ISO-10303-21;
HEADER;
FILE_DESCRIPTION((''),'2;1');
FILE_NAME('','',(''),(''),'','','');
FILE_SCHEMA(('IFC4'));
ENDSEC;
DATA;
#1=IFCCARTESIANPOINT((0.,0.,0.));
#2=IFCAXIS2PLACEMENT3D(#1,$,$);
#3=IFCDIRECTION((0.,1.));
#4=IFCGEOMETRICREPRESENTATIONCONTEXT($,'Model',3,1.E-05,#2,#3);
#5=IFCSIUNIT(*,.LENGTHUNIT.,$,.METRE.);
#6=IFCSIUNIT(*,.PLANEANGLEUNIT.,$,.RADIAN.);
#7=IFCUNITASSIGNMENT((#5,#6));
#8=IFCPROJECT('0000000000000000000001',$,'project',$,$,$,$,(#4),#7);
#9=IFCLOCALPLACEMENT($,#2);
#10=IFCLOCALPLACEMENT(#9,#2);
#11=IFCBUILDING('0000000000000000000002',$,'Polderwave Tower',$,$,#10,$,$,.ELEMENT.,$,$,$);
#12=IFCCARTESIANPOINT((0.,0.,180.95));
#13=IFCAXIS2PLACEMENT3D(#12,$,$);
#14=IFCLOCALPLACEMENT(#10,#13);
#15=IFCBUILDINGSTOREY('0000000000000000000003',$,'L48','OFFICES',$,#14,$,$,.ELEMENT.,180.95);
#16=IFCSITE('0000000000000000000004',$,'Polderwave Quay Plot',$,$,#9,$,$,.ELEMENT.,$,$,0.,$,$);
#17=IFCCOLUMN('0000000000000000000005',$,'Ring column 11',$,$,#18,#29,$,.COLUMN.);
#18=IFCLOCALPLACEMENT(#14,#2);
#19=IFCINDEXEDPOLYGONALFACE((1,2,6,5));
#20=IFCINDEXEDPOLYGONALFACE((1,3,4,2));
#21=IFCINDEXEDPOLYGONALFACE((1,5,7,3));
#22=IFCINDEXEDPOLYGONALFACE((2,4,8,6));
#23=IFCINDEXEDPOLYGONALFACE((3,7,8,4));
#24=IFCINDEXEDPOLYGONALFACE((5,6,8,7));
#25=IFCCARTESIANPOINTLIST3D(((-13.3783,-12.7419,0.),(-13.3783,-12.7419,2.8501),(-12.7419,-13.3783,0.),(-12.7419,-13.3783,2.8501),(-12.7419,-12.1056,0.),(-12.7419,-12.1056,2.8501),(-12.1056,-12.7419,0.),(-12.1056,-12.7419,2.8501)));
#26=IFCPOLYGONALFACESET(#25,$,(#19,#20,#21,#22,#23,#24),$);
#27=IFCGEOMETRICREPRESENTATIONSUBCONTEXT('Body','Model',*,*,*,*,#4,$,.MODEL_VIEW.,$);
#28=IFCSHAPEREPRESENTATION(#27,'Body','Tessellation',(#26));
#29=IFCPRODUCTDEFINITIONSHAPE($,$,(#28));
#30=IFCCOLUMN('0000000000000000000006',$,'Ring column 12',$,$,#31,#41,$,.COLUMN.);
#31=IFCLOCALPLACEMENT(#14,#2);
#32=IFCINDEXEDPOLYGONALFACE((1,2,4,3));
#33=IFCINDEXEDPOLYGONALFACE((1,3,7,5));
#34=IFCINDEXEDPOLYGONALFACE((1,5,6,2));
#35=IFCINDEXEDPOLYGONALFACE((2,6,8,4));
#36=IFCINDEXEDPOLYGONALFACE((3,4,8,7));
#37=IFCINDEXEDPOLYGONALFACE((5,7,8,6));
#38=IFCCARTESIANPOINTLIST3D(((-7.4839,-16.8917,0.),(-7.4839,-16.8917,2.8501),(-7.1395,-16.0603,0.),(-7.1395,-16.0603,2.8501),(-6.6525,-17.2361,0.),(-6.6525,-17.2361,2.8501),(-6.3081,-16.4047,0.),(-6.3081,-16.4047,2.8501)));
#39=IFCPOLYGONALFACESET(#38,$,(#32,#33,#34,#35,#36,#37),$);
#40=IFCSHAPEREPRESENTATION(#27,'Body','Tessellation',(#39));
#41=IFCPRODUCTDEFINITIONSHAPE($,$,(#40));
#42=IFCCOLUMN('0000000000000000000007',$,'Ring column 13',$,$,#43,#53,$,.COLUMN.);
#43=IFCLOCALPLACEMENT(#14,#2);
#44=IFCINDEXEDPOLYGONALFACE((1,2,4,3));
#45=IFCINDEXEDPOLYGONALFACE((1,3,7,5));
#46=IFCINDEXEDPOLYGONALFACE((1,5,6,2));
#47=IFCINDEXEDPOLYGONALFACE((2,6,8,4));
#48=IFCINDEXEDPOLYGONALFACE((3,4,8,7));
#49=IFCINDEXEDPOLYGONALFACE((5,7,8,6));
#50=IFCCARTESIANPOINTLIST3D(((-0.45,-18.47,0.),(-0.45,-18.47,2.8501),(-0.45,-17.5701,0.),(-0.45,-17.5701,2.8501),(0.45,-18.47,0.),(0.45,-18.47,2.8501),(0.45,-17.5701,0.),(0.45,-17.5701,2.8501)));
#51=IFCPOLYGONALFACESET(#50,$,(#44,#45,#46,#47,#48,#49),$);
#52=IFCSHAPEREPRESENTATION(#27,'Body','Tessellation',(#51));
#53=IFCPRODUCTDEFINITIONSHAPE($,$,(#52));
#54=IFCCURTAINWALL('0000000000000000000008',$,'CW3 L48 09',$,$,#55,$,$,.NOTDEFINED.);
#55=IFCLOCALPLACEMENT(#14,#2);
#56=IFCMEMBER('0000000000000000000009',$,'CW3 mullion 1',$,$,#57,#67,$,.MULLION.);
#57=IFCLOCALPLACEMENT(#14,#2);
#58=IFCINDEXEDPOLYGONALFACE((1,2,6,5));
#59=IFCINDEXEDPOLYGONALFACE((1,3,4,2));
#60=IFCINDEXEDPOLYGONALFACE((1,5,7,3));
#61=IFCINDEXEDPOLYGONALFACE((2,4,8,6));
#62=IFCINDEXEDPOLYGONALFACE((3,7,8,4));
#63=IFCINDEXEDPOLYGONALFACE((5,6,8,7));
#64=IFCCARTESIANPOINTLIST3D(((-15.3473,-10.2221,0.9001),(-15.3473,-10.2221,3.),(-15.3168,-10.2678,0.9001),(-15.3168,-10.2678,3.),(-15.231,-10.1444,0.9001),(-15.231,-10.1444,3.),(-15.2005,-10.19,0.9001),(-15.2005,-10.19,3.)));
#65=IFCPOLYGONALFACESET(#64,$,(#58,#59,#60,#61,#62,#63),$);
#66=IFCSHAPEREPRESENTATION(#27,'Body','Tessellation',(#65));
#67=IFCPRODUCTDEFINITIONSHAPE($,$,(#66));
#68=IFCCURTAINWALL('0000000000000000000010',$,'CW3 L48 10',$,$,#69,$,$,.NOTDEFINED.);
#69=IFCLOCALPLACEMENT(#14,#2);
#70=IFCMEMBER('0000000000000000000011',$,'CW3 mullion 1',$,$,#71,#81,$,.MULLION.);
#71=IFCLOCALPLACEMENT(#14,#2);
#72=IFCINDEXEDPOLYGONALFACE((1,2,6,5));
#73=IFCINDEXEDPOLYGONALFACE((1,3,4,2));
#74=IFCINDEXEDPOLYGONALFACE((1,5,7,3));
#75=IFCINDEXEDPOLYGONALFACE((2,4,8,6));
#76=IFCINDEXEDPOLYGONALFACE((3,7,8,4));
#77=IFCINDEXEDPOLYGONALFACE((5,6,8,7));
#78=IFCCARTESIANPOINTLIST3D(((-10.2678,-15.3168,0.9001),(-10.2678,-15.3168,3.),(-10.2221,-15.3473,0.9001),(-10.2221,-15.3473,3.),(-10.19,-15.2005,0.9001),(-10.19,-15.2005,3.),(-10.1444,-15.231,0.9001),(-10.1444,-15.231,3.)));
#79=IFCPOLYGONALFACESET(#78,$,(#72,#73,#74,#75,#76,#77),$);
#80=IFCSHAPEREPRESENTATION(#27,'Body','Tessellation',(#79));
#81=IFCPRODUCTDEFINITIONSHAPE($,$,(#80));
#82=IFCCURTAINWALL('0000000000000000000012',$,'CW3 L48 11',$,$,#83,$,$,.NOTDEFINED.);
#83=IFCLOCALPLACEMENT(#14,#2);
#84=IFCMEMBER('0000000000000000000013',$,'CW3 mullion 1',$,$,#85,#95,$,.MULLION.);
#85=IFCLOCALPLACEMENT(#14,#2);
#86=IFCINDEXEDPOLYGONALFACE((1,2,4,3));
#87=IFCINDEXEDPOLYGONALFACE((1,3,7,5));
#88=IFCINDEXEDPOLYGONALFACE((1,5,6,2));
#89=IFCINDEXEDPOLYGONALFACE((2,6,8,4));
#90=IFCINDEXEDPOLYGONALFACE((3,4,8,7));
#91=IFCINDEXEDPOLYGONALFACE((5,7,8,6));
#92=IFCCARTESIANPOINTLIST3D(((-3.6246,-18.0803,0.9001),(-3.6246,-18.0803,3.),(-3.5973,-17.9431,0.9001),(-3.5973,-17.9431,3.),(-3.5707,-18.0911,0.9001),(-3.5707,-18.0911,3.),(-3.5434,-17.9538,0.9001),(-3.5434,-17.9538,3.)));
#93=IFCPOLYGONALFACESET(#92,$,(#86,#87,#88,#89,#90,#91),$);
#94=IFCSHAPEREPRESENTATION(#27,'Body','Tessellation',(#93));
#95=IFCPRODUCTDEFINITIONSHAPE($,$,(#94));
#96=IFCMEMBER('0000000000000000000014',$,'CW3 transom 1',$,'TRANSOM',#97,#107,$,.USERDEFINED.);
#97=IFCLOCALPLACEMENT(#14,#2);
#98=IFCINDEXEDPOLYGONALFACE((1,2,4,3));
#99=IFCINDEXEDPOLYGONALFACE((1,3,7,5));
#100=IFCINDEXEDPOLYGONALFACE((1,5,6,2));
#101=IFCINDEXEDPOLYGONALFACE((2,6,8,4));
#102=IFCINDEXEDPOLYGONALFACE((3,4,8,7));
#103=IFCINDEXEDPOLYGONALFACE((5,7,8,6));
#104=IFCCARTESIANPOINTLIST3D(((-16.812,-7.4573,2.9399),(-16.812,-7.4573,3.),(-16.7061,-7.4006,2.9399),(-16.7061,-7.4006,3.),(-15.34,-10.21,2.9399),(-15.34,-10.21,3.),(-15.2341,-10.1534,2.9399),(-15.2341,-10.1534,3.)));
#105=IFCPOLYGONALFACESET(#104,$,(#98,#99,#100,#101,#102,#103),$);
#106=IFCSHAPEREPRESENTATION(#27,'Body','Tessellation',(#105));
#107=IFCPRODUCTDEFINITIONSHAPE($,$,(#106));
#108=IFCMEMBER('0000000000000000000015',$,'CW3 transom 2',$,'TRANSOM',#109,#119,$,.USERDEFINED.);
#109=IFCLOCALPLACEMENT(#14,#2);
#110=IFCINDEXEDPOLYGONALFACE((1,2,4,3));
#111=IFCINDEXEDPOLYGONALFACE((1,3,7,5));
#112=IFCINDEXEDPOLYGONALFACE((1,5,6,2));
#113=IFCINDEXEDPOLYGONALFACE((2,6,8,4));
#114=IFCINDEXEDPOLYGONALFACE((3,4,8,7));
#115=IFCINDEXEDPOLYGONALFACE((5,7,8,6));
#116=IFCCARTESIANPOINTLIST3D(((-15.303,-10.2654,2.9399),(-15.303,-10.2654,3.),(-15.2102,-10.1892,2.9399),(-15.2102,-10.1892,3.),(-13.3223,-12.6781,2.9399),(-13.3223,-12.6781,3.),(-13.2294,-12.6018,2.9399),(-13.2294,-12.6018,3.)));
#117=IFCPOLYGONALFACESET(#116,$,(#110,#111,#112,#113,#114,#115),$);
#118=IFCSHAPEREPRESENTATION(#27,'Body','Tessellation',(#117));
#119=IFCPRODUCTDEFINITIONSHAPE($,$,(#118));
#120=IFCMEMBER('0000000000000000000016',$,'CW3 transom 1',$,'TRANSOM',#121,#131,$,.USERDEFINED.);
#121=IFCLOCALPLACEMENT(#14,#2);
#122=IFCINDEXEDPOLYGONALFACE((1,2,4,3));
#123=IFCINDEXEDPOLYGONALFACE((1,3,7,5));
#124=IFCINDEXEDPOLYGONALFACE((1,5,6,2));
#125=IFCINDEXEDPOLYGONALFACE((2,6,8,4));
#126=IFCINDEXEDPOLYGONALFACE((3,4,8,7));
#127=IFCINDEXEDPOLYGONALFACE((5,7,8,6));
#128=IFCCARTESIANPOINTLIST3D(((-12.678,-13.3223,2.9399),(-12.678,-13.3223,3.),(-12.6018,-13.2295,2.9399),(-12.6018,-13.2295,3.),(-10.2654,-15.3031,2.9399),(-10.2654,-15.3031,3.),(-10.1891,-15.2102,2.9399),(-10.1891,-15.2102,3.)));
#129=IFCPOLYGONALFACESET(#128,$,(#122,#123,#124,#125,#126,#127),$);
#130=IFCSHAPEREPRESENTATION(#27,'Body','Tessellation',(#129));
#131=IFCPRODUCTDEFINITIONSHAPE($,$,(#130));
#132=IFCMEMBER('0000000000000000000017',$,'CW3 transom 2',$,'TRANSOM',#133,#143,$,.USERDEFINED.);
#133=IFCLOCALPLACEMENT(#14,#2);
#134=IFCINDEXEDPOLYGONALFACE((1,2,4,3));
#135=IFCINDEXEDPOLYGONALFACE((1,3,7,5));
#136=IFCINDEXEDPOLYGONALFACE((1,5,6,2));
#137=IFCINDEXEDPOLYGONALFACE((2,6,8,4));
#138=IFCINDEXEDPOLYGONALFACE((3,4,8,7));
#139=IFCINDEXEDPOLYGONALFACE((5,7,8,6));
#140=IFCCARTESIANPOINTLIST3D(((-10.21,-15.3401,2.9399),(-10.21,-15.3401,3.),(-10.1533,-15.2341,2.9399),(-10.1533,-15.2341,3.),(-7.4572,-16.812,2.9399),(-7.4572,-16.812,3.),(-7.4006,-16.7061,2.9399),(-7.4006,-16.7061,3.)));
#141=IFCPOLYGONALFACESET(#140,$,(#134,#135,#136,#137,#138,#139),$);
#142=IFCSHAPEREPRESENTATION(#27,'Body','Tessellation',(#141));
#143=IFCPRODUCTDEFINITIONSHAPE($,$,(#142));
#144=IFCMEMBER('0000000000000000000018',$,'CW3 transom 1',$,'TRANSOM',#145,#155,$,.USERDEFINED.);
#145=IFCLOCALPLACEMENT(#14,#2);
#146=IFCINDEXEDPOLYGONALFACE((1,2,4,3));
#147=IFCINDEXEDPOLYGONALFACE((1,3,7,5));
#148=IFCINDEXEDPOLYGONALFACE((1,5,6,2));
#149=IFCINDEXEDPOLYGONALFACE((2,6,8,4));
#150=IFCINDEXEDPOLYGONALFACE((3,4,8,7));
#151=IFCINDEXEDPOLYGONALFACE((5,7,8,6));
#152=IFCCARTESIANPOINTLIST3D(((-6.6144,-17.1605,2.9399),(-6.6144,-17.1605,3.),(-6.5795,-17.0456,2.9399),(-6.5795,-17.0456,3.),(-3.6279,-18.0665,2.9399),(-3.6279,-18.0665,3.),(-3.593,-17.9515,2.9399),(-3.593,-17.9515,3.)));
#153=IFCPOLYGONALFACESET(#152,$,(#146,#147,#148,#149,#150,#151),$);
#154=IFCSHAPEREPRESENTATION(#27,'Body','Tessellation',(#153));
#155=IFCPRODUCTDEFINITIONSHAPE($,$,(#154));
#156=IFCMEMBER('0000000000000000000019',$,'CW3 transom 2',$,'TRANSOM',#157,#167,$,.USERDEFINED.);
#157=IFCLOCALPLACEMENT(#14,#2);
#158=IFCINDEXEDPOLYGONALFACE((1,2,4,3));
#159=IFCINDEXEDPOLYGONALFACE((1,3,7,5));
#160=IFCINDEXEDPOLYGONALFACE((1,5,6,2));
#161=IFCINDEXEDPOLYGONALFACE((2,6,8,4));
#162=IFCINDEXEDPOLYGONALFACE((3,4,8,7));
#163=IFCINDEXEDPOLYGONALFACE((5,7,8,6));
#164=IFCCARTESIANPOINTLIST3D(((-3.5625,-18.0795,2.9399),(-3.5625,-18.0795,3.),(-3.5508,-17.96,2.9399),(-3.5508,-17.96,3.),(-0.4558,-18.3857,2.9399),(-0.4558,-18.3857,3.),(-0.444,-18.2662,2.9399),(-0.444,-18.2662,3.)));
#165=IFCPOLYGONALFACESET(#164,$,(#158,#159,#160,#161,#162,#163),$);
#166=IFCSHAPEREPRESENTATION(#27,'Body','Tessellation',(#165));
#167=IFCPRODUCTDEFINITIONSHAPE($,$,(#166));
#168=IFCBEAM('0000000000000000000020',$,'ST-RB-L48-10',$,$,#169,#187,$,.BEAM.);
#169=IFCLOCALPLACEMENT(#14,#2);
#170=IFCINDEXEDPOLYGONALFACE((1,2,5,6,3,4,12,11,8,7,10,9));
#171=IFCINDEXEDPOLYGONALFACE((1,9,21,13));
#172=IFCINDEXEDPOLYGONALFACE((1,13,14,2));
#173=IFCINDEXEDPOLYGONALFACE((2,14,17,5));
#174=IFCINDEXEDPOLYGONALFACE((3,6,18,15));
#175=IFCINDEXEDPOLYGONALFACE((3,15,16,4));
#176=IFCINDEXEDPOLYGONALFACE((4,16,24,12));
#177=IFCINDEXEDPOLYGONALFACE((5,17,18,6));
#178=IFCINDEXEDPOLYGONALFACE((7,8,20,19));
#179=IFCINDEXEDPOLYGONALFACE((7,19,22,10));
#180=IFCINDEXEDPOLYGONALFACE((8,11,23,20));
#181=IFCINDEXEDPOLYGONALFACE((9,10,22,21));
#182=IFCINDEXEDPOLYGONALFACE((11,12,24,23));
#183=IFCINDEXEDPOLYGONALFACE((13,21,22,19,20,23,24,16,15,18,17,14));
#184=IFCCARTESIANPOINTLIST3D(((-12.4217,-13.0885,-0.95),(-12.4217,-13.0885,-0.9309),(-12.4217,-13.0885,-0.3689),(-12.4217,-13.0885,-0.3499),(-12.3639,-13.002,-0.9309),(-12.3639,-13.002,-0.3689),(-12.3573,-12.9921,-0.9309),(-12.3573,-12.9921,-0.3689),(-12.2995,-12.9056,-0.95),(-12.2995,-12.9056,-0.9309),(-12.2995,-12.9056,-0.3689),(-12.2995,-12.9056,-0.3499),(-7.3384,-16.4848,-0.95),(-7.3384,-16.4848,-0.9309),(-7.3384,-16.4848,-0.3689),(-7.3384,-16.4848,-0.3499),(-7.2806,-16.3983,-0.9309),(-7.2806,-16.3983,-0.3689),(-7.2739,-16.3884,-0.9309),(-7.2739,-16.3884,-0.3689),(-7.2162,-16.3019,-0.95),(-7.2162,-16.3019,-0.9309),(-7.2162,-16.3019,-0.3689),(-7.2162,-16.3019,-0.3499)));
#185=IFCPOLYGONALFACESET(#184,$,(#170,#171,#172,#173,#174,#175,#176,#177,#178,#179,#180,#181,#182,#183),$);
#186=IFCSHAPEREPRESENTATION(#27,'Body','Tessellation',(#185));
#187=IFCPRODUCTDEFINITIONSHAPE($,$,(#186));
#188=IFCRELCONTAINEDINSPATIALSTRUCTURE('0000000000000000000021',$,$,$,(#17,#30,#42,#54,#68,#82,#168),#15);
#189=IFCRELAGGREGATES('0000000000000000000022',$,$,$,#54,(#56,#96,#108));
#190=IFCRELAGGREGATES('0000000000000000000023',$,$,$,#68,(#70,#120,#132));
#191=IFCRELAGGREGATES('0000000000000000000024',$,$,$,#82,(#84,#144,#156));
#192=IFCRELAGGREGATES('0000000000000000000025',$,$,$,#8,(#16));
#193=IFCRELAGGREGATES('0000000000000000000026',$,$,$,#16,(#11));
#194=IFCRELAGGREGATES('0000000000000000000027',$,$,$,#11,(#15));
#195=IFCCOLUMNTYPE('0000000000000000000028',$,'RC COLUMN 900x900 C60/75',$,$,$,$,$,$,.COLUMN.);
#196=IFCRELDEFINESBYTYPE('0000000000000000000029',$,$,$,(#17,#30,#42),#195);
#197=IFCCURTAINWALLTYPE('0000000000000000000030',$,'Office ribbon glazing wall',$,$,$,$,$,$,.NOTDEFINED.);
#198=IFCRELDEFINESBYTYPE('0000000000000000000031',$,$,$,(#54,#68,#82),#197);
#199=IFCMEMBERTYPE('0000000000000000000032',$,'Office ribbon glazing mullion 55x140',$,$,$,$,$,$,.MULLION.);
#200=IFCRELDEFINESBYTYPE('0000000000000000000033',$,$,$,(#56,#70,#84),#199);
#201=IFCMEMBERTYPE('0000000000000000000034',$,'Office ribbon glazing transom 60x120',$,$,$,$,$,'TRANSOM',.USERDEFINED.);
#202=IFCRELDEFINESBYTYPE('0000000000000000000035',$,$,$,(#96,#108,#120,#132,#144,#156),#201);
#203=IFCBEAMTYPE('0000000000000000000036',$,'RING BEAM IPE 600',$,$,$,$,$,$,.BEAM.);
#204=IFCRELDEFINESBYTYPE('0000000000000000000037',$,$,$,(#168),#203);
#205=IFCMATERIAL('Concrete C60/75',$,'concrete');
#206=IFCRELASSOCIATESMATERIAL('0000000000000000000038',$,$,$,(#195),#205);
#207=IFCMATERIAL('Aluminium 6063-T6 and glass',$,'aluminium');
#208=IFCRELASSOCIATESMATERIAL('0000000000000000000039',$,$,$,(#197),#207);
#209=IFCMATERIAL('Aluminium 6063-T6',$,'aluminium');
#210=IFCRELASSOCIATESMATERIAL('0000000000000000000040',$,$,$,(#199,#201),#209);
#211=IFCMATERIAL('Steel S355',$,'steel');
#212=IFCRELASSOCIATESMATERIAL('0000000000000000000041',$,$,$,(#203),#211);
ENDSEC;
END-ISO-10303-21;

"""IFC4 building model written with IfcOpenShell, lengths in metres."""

from ifc_helpers import new_model, si_unit, direction, frame, origin, origin_2d, place, context, subcontext, project, spatial, rectangle, i_section, extrude, material, material_profile, profile_set, type_object, element, aggregate, save


model = new_model("IFC4")

# Units and contexts
model_context = context("Model", 3, precision=1e-05, world=origin(), true_north=direction((0.0, 1.0)))
body_context = subcontext(model_context, "Body", "Model", "MODEL_VIEW")
ifc_project = project(units=[si_unit("LENGTHUNIT", "METRE"), si_unit("PLANEANGLEUNIT", "RADIAN")], contexts=[model_context])

# Site, building, storey
site_placement = place(None, origin())
site = spatial("IfcSite", under=ifc_project, at=site_placement, Name="Polderwave Quay Plot", CompositionType="ELEMENT", RefElevation=0.0)
building_placement = place(site_placement, origin())
building = spatial("IfcBuilding", under=site, at=building_placement, Name="Polderwave Tower", CompositionType="ELEMENT")
storey_placement = place(building_placement, frame((0.0, 0.0, 180.95)))
storey = spatial("IfcBuildingStorey", under=building, at=storey_placement, Name="L48", Description="OFFICES", CompositionType="ELEMENT", Elevation=180.95)

# Columns
ifc_material_1 = material(Name="Concrete C60/75", Category="concrete")
ifc_material_profile_1 = material_profile(ifc_material_1, rectangle(XDim=0.8999, YDim=0.8999, at=origin_2d()), Name="RC 900x900")
ifc_profile_set_1 = profile_set([ifc_material_profile_1], Name="Concrete C60/75")
column_type = type_object("IfcColumnType", Name="RC COLUMN 900x900 C60/75", PredefinedType="COLUMN", material=ifc_profile_set_1)
for number, where, z_axis, x_axis, name in (
    (1, (-12.7419, -12.7419, 0.0), (0.0, 0.0, 1.0), (-0.707107, -0.707107, 0.0), "Ring column 11"),
    (2, (-6.896, -16.6482, 0.0), (0.0, 0.0, 1.0), (-0.382683, -0.92388, 0.0), "Ring column 12"),
    (3, (0.0, -18.02, 0.0), (0.0, 0.0, 1.0), (0.0, -1.0, 0.0), "Ring column 13"),
):
    element("IfcColumn", number, at=place(storey_placement, frame(where, z_axis=z_axis, x_axis=x_axis)), inside=storey, type_object=column_type, Name=name, PredefinedType="COLUMN", context=body_context, shape_type="SweptSolid", body=[
        extrude(rectangle(XDim=0.8999, YDim=0.8999, at=origin_2d()), origin(), (0.0, 0.0, 1.0), 2.8501),
    ])

# Curtain walls, members
ifc_material_2 = material(Name="Aluminium 6063-T6 and glass", Category="aluminium")
curtain_wall_type = type_object("IfcCurtainWallType", Name="Office ribbon glazing wall", PredefinedType="NOTDEFINED", material=ifc_material_2)
curtain_wall_1_placement = place(storey_placement, origin())
curtain_wall_1 = element("IfcCurtainWall", 4, at=curtain_wall_1_placement, inside=storey, type_object=curtain_wall_type, Name="CW3 L48 09", PredefinedType="NOTDEFINED")
ifc_material_3 = material(Name="Aluminium 6063-T6", Category="aluminium")
ifc_material_profile_2 = material_profile(ifc_material_3, rectangle(XDim=0.1399, YDim=0.0549, at=origin_2d()), Name="AL 55x140")
ifc_profile_set_2 = profile_set([ifc_material_profile_2], Name="Aluminium 6063-T6")
member_type_1 = type_object("IfcMemberType", Name="Office ribbon glazing mullion 55x140", PredefinedType="MULLION", material=ifc_profile_set_2)
member_1_placement = place(storey_placement, frame((-15.2739, -10.2061, 0.9001), z_axis=(0.0, 0.0, 1.0), x_axis=(0.831386, 0.555695, 0.0)))
member_1 = element("IfcMember", 5, at=member_1_placement, type_object=member_type_1, Name="CW3 mullion 1", PredefinedType="MULLION", context=body_context, shape_type="SweptSolid", body=[
    extrude(rectangle(XDim=0.1399, YDim=0.0549, at=origin_2d()), origin(), (0.0, 0.0, 1.0), 2.0999),
])
curtain_wall_2_placement = place(storey_placement, origin())
curtain_wall_2 = element("IfcCurtainWall", 6, at=curtain_wall_2_placement, inside=storey, type_object=curtain_wall_type, Name="CW3 L48 10", PredefinedType="NOTDEFINED")
member_2_placement = place(storey_placement, frame((-10.2061, -15.2739, 0.9001), z_axis=(0.0, 0.0, 1.0), x_axis=(0.555695, 0.831386, 0.0)))
member_2 = element("IfcMember", 7, at=member_2_placement, type_object=member_type_1, Name="CW3 mullion 1", PredefinedType="MULLION", context=body_context, shape_type="SweptSolid", body=[
    extrude(rectangle(XDim=0.1399, YDim=0.0549, at=origin_2d()), origin(), (0.0, 0.0, 1.0), 2.0999),
])
curtain_wall_3_placement = place(storey_placement, origin())
curtain_wall_3 = element("IfcCurtainWall", 8, at=curtain_wall_3_placement, inside=storey, type_object=curtain_wall_type, Name="CW3 L48 11", PredefinedType="NOTDEFINED")
member_3_placement = place(storey_placement, frame((-3.584, -18.0171, 0.9001), z_axis=(0.0, 0.0, 1.0), x_axis=(0.195143, 0.980775, 0.0)))
member_3 = element("IfcMember", 9, at=member_3_placement, type_object=member_type_1, Name="CW3 mullion 1", PredefinedType="MULLION", context=body_context, shape_type="SweptSolid", body=[
    extrude(rectangle(XDim=0.1399, YDim=0.0549, at=origin_2d()), origin(), (0.0, 0.0, 1.0), 2.0999),
])

# Members
ifc_material_profile_3 = material_profile(ifc_material_3, rectangle(XDim=0.1201, YDim=0.0601, at=origin_2d()), Name="AL 60x120")
ifc_profile_set_3 = profile_set([ifc_material_profile_3], Name="Aluminium 6063-T6")
member_type_2 = type_object("IfcMemberType", Name="Office ribbon glazing transom 60x120", ElementType="TRANSOM", PredefinedType="USERDEFINED", material=ifc_profile_set_3)
member_4_placement = place(storey_placement, frame((-16.759, -7.429, 2.97), z_axis=(0.471542, -0.881844, 0.0), x_axis=(0.881844, 0.471542, 0.0)))
member_4 = element("IfcMember", 10, at=member_4_placement, type_object=member_type_2, Name="CW3 transom 1", ObjectType="TRANSOM", PredefinedType="USERDEFINED", context=body_context, shape_type="SweptSolid", body=[
    extrude(rectangle(XDim=0.1201, YDim=0.0601, at=origin_2d()), origin(), (0.0, 0.0, 1.0), 3.1216),
])
member_5_placement = place(storey_placement, frame((-15.2566, -10.2273, 2.97), z_axis=(0.634536, -0.772893, 0.0), x_axis=(0.772893, 0.634536, 0.0)))
member_5 = element("IfcMember", 11, at=member_5_placement, type_object=member_type_2, Name="CW3 transom 2", ObjectType="TRANSOM", PredefinedType="USERDEFINED", context=body_context, shape_type="SweptSolid", body=[
    extrude(rectangle(XDim=0.1201, YDim=0.0601, at=origin_2d()), origin(), (0.0, 0.0, 1.0), 3.1216),
])
member_6_placement = place(storey_placement, frame((-12.6399, -13.2759, 2.97), z_axis=(0.772893, -0.634536, 0.0), x_axis=(0.634536, 0.772893, 0.0)))
member_6 = element("IfcMember", 12, at=member_6_placement, type_object=member_type_2, Name="CW3 transom 1", ObjectType="TRANSOM", PredefinedType="USERDEFINED", context=body_context, shape_type="SweptSolid", body=[
    extrude(rectangle(XDim=0.1201, YDim=0.0601, at=origin_2d()), origin(), (0.0, 0.0, 1.0), 3.1216),
])
member_7_placement = place(storey_placement, frame((-10.1816, -15.2871, 2.97), z_axis=(0.881844, -0.471542, 0.0), x_axis=(0.471542, 0.881844, 0.0)))
member_7 = element("IfcMember", 13, at=member_7_placement, type_object=member_type_2, Name="CW3 transom 2", ObjectType="TRANSOM", PredefinedType="USERDEFINED", context=body_context, shape_type="SweptSolid", body=[
    extrude(rectangle(XDim=0.1201, YDim=0.0601, at=origin_2d()), origin(), (0.0, 0.0, 1.0), 3.1216),
])
member_8_placement = place(storey_placement, frame((-6.5969, -17.103, 2.97), z_axis=(0.956937, -0.290296, 0.0), x_axis=(0.290296, 0.956937, 0.0)))
member_8 = element("IfcMember", 14, at=member_8_placement, type_object=member_type_2, Name="CW3 transom 1", ObjectType="TRANSOM", PredefinedType="USERDEFINED", context=body_context, shape_type="SweptSolid", body=[
    extrude(rectangle(XDim=0.1201, YDim=0.0601, at=origin_2d()), origin(), (0.0, 0.0, 1.0), 3.1208),
])
member_9_placement = place(storey_placement, frame((-3.5566, -18.0198, 2.97), z_axis=(0.995179, -0.098071, 0.0), x_axis=(0.098071, 0.995179, 0.0)))
member_9 = element("IfcMember", 15, at=member_9_placement, type_object=member_type_2, Name="CW3 transom 2", ObjectType="TRANSOM", PredefinedType="USERDEFINED", context=body_context, shape_type="SweptSolid", body=[
    extrude(rectangle(XDim=0.1201, YDim=0.0601, at=origin_2d()), origin(), (0.0, 0.0, 1.0), 3.1218),
])

# Beam
ifc_material_4 = material(Name="Steel S355", Category="steel")
ifc_material_profile_4 = material_profile(ifc_material_4, i_section(OverallWidth=0.22, OverallDepth=0.6001, WebThickness=0.012, FlangeThickness=0.019, at=origin_2d()), Name="IPE 600")
ifc_profile_set_4 = profile_set([ifc_material_profile_4], Name="Steel S355")
beam_type = type_object("IfcBeamType", Name="RING BEAM IPE 600", PredefinedType="BEAM", material=ifc_profile_set_4)
for number, where, z_axis, x_axis, name in (
    (16, (-12.3606, -12.9971, -0.6499), (0.831491, -0.555539, 0.0), (0.555539, 0.831491, 0.0), "ST-RB-L48-10"),
):
    element("IfcBeam", number, at=place(storey_placement, frame(where, z_axis=z_axis, x_axis=x_axis)), inside=storey, type_object=beam_type, Name=name, PredefinedType="BEAM", context=body_context, shape_type="SweptSolid", body=[
        extrude(i_section(OverallWidth=0.22, OverallDepth=0.6001, WebThickness=0.012, FlangeThickness=0.019, at=origin_2d()), origin(), (0.0, 0.0, 1.0), 6.1135),
    ])

aggregate(curtain_wall_1, [member_1, member_4, member_5])
aggregate(curtain_wall_2, [member_2, member_6, member_7])
aggregate(curtain_wall_3, [member_3, member_8, member_9])

save(model, "model.ifc")
